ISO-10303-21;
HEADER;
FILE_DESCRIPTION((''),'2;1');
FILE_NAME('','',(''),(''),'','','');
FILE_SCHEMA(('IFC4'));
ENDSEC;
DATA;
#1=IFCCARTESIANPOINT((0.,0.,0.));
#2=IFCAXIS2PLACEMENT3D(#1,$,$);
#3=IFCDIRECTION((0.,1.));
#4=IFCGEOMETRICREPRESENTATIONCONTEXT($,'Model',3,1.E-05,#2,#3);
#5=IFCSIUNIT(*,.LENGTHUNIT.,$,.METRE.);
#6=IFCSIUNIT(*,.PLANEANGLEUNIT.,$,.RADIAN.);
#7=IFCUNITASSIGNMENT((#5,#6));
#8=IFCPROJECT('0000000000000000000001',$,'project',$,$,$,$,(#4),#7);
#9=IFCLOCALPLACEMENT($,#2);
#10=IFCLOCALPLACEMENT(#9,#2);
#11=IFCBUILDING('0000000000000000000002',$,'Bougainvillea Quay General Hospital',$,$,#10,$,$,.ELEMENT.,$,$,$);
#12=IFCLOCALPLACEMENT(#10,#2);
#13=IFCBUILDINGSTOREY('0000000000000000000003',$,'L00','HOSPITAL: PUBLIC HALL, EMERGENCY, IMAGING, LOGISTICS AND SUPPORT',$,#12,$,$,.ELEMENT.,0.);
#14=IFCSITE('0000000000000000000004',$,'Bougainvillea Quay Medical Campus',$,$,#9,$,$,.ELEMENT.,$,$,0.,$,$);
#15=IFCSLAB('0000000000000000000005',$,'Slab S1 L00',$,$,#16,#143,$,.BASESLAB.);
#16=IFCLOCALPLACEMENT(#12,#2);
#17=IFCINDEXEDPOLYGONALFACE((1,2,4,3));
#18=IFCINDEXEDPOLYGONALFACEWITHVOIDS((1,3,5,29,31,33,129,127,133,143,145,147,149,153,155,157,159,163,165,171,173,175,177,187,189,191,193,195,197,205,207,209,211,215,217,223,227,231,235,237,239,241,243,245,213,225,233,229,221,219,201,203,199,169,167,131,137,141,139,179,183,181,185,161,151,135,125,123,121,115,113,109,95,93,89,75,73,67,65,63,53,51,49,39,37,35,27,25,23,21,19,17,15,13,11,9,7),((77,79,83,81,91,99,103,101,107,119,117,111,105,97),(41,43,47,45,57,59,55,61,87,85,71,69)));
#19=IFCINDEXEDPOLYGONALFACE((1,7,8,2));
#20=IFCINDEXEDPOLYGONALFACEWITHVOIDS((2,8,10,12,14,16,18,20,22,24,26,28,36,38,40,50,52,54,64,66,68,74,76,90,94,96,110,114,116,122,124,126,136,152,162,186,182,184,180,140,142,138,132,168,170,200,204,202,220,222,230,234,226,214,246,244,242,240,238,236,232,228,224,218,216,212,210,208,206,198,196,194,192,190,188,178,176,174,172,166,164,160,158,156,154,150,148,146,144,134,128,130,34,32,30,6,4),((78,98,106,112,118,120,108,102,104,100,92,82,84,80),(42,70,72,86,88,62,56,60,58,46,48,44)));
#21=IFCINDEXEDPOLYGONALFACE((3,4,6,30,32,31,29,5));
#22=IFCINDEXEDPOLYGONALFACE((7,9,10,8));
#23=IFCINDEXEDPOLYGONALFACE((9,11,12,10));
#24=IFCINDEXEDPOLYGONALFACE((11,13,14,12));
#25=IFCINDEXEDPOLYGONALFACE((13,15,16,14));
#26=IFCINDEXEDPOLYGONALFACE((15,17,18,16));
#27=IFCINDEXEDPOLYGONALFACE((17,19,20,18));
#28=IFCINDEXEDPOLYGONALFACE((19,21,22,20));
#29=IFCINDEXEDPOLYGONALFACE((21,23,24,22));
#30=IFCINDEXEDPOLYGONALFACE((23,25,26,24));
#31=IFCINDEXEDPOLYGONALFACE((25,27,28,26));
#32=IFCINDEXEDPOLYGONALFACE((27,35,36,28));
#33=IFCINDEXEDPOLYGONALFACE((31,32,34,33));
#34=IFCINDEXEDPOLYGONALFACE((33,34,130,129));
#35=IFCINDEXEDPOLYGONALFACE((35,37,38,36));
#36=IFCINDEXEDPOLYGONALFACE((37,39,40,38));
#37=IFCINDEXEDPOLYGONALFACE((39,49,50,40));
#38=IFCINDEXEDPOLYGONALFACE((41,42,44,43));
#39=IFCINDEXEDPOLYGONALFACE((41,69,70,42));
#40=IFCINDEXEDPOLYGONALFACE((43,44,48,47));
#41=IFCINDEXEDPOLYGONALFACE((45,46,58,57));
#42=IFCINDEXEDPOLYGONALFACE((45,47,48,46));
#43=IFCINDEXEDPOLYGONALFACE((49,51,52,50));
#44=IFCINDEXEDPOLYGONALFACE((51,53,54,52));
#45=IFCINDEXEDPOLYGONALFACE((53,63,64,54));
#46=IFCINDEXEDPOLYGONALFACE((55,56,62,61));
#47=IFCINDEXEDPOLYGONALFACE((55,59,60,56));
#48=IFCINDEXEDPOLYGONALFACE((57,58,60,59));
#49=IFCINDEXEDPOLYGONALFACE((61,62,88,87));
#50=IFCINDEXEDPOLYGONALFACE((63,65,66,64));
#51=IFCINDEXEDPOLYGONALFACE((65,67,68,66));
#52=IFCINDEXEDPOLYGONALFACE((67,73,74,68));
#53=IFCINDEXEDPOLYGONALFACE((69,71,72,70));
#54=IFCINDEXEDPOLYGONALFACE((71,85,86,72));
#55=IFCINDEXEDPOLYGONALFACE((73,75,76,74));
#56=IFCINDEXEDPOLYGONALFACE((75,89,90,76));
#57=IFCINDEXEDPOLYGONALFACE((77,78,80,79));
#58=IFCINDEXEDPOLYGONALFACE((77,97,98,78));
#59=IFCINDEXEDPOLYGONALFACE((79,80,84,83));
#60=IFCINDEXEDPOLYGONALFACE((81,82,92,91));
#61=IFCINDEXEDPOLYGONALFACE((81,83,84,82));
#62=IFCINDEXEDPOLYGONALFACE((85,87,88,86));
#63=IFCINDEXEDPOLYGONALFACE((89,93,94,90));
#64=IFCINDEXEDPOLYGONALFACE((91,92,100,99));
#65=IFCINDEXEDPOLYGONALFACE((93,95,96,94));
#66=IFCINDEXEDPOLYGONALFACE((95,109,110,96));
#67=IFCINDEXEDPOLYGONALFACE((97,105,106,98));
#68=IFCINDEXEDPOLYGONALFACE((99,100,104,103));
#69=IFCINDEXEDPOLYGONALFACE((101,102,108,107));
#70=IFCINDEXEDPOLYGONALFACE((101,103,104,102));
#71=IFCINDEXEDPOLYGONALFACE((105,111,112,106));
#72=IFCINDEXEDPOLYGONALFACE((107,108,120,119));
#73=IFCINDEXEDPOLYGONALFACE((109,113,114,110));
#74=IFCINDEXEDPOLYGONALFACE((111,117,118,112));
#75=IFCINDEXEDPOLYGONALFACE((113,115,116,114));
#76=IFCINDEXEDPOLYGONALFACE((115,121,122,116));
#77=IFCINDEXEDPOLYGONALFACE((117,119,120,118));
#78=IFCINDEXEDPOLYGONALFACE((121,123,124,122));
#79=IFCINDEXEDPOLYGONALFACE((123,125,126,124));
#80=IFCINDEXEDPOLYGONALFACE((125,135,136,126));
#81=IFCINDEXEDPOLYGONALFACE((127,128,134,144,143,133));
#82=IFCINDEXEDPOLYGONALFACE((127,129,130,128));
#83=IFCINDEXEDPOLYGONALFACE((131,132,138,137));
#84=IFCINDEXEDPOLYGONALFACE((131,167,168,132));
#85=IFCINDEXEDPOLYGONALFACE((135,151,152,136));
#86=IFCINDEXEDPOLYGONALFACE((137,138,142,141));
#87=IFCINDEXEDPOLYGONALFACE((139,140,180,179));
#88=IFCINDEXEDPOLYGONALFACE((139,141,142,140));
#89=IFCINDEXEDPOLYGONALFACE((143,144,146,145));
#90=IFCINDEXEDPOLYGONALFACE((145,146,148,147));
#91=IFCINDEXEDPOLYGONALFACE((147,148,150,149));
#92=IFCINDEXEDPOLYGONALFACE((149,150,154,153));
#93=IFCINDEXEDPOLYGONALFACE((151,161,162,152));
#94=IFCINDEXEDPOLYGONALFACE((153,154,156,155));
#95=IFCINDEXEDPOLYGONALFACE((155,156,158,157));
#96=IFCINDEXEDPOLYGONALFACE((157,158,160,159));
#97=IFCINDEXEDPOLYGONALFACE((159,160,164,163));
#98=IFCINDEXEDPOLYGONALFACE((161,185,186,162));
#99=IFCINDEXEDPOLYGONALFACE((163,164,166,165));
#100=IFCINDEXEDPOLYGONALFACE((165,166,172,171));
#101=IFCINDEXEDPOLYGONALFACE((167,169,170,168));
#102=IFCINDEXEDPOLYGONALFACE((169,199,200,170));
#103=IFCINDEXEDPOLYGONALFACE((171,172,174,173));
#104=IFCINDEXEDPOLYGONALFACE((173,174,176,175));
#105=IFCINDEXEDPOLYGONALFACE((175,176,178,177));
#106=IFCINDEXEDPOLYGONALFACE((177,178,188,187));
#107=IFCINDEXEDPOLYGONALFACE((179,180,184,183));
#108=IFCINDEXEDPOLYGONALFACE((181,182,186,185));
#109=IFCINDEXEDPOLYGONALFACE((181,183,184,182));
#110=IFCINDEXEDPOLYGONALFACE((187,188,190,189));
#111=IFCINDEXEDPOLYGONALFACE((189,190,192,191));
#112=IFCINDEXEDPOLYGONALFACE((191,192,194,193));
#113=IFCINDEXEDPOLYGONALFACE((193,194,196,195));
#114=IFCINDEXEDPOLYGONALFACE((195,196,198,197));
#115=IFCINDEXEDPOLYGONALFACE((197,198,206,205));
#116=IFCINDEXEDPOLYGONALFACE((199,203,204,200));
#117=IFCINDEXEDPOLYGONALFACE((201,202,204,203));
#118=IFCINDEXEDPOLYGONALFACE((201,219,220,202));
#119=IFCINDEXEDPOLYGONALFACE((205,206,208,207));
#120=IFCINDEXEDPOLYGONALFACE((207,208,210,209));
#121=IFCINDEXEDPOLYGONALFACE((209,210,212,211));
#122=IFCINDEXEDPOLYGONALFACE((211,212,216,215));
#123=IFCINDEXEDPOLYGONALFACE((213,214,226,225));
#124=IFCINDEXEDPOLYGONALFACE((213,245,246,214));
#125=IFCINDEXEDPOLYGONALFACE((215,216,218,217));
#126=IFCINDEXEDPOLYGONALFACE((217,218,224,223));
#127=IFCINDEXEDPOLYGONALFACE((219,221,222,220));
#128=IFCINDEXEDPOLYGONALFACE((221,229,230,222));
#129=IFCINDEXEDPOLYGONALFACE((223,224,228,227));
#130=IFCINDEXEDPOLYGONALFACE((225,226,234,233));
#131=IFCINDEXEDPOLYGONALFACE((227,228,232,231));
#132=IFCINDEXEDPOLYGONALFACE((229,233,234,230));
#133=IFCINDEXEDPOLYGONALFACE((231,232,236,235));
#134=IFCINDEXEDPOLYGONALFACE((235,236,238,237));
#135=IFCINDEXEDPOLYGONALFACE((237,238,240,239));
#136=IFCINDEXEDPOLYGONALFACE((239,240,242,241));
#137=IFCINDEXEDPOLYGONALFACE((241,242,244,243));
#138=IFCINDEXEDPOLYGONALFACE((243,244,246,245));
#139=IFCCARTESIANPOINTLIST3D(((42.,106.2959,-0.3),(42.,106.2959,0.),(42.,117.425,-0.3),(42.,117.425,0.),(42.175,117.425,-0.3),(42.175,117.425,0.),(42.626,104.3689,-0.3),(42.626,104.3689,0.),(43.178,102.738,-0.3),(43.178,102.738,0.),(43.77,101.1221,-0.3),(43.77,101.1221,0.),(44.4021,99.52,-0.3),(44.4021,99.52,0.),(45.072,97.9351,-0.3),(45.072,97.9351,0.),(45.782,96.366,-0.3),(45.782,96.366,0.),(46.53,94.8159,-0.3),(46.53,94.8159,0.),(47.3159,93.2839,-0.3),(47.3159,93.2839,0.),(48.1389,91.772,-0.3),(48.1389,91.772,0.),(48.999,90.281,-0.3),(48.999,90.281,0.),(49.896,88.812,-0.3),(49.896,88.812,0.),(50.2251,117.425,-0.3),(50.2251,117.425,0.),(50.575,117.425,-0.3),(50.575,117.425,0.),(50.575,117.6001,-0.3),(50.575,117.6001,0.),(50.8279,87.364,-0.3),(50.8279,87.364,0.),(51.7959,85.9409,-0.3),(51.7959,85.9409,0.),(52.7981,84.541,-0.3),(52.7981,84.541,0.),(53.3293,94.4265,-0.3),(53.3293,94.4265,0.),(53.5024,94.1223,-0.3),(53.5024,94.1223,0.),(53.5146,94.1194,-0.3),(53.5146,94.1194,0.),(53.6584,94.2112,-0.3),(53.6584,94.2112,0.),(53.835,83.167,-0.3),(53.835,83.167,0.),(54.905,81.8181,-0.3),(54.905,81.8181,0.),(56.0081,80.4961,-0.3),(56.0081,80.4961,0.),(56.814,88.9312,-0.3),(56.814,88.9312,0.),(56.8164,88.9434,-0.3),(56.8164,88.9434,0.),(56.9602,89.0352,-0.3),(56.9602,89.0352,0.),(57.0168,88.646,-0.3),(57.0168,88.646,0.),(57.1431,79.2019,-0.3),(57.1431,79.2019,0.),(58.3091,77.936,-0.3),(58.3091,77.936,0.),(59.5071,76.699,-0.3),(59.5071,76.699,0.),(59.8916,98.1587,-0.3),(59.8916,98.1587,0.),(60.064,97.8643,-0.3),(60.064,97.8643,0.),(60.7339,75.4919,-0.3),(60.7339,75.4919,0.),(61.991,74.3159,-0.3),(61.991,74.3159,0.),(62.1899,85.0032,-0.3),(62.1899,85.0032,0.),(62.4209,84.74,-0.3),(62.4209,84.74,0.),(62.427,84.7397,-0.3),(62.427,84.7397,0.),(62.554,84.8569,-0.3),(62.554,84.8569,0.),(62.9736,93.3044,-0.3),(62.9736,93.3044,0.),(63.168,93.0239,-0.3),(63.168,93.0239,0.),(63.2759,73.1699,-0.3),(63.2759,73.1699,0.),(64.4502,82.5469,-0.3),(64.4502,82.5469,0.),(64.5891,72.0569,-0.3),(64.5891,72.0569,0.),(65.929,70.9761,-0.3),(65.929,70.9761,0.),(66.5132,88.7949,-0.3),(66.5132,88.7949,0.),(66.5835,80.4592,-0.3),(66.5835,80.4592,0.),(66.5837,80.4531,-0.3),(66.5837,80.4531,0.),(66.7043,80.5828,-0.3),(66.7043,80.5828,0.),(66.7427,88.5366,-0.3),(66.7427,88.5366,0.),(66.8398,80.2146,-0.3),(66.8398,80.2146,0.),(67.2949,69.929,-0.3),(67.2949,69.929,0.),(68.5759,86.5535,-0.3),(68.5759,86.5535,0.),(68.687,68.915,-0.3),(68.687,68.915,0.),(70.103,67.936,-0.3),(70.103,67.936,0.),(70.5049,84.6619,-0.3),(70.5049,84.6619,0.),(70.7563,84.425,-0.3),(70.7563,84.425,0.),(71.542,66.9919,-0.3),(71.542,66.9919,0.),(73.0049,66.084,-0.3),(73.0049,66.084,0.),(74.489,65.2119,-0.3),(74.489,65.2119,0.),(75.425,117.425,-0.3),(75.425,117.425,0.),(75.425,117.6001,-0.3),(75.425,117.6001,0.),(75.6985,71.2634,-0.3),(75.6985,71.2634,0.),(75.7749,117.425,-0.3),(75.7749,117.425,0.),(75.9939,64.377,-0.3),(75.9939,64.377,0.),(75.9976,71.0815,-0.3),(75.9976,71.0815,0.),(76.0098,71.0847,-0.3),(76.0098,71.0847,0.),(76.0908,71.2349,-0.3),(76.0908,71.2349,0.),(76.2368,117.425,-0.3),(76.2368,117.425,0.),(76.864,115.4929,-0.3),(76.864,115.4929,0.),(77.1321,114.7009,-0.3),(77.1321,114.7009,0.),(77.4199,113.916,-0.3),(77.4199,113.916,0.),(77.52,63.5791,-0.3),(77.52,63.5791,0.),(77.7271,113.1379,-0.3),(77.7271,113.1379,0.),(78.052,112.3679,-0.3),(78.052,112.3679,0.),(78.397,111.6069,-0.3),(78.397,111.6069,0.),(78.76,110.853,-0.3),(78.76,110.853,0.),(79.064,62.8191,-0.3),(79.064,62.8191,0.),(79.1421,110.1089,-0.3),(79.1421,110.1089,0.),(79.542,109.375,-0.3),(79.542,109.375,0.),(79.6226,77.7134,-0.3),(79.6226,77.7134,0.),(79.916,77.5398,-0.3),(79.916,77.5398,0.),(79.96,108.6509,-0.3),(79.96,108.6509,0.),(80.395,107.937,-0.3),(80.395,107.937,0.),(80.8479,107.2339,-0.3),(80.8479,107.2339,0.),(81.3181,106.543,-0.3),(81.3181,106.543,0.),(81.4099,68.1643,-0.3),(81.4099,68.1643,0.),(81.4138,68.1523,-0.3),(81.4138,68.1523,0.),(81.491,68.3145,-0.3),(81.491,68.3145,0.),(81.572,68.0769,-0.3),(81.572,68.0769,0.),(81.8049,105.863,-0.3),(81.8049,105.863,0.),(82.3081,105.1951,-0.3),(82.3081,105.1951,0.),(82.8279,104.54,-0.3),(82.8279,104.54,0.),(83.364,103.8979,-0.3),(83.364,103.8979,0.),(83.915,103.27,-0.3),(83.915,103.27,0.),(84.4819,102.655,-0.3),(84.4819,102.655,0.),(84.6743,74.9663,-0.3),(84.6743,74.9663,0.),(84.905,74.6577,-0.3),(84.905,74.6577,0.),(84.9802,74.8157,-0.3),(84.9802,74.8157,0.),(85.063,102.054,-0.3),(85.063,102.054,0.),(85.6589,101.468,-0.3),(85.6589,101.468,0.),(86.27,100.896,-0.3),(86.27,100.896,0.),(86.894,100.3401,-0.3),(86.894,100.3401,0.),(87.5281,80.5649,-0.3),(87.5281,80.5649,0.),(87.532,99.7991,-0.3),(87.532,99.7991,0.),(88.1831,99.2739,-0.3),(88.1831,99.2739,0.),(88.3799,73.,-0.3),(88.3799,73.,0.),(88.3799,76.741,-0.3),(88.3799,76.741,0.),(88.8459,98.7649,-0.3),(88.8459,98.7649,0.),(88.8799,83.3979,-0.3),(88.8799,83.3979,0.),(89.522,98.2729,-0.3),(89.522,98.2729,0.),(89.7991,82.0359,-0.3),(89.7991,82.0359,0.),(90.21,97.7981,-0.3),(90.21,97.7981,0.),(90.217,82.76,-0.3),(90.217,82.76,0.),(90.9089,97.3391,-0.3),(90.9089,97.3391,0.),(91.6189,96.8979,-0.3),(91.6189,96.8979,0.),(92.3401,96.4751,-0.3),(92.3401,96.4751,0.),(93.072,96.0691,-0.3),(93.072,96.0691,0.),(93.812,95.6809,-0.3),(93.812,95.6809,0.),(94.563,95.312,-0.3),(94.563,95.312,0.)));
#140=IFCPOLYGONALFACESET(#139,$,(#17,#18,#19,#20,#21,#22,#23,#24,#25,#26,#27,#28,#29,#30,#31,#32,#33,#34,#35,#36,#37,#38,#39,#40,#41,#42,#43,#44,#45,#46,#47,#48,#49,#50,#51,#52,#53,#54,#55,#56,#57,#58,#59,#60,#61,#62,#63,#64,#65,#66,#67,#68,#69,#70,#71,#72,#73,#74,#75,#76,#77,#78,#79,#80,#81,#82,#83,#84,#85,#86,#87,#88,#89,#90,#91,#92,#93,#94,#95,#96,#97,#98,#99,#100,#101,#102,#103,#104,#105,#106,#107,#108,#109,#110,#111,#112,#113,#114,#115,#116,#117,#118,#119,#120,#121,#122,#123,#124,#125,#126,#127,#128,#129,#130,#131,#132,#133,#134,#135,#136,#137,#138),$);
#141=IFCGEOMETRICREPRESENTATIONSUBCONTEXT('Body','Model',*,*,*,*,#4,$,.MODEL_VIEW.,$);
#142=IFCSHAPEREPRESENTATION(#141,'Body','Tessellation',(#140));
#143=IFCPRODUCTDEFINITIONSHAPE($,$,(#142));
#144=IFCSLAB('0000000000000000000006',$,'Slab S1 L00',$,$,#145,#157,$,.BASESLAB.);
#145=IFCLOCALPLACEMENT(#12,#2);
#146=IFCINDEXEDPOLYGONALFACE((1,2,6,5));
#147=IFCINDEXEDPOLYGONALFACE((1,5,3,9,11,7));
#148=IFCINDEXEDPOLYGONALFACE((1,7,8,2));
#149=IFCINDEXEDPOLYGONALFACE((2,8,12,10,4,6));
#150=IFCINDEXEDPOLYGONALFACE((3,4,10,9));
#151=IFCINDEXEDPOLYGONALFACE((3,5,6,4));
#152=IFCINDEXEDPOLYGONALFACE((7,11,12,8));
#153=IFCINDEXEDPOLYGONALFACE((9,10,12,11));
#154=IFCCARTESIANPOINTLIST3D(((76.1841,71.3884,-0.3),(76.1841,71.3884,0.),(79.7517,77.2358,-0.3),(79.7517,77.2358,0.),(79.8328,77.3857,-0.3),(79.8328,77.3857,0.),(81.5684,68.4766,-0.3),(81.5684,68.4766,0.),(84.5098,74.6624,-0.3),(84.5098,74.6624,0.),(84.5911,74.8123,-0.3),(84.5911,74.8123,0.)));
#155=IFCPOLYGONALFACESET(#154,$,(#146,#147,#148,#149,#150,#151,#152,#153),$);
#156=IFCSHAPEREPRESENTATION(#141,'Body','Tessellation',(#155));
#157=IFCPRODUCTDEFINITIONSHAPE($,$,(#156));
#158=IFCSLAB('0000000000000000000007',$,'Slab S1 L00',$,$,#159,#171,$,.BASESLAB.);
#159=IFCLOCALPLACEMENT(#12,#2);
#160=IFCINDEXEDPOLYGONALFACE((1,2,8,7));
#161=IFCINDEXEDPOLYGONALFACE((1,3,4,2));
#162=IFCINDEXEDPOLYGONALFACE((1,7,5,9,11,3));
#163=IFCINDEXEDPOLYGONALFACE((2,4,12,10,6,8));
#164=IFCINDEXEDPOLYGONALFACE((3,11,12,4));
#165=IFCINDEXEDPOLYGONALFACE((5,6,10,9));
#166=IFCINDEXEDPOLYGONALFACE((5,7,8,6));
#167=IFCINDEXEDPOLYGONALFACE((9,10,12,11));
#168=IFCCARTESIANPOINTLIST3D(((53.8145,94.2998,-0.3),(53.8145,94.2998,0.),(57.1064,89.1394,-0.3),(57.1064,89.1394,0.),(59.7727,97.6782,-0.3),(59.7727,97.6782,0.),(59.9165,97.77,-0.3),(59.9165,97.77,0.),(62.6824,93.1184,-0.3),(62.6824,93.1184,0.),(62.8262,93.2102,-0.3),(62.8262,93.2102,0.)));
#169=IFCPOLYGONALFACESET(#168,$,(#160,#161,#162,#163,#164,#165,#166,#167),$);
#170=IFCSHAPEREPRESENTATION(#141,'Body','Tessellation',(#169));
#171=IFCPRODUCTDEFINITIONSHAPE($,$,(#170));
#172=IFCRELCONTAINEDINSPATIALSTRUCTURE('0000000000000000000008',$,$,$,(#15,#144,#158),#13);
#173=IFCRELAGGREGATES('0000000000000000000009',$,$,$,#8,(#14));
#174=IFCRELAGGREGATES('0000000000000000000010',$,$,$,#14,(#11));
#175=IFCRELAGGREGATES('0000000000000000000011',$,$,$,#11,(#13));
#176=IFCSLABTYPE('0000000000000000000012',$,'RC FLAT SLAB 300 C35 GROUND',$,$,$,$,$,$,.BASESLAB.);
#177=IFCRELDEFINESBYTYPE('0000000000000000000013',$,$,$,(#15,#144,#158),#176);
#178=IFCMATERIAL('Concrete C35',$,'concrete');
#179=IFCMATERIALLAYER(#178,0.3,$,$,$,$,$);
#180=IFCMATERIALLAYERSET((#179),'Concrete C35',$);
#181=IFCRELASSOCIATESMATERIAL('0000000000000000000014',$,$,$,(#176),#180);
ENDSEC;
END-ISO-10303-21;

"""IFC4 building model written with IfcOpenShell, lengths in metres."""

from ifc_helpers import new_model, si_unit, direction, frame, origin, place, context, subcontext, project, spatial, polyline, outline, extrude, material, layer, layer_set, type_object, element, save


model = new_model("IFC4")

# Units and contexts
model_context = context("Model", 3, precision=1e-05, world=origin(), true_north=direction((0.0, 1.0)))
body_context = subcontext(model_context, "Body", "Model", "MODEL_VIEW")
ifc_project = project(units=[si_unit("LENGTHUNIT", "METRE"), si_unit("PLANEANGLEUNIT", "RADIAN")], contexts=[model_context])

# Site, building, storey
site_placement = place(None, origin())
site = spatial("IfcSite", under=ifc_project, at=site_placement, Name="Bougainvillea Quay Medical Campus", CompositionType="ELEMENT", RefElevation=0.0)
building_placement = place(site_placement, origin())
building = spatial("IfcBuilding", under=site, at=building_placement, Name="Bougainvillea Quay General Hospital", CompositionType="ELEMENT")
storey_placement = place(building_placement, origin())
storey = spatial("IfcBuildingStorey", under=building, at=storey_placement, Name="L00", Description="HOSPITAL: PUBLIC HALL, EMERGENCY, IMAGING, LOGISTICS AND SUPPORT", CompositionType="ELEMENT", Elevation=0.0)

# Slabs
ifc_material_1 = material(Name="Concrete C35", Category="concrete")
ifc_layer_1 = layer(ifc_material_1, 0.3)
ifc_layer_set_1 = layer_set([ifc_layer_1], Name="Concrete C35")
slab_type_1 = type_object("IfcSlabType", Name="RC FLAT SLAB 300 C35 GROUND", PredefinedType="BASESLAB", material=ifc_layer_set_1)
slab_1_placement = place(storey_placement, frame((0.0, 0.0, -0.3)))
element("IfcSlab", 1, at=slab_1_placement, inside=storey, type_object=slab_type_1, Name="Slab S1 L00", PredefinedType="BASESLAB", context=body_context, shape_type="SweptSolid", body=[
    extrude(outline(polyline([(75.9939, 64.377), (77.52, 63.5791), (79.064, 62.8191), (81.572, 68.0769), (81.4138, 68.1523), (81.491, 68.3145), (81.4099, 68.1643), (76.0098, 71.0847), (76.0908, 71.2349), (75.9976, 71.0815), (75.6985, 71.2634), (79.6226, 77.7134), (79.916, 77.5398), (84.6743, 74.9663), (84.9802, 74.8157), (84.905, 74.6577), (88.3799, 73.0), (88.3799, 76.741), (89.7991, 82.0359), (90.217, 82.76), (88.8799, 83.3979), (87.5281, 80.5649), (94.563, 95.312), (93.812, 95.6809), (93.072, 96.0691), (92.3401, 96.4751), (91.6189, 96.8979), (90.9089, 97.3391), (90.21, 97.7981), (89.522, 98.2729), (88.8459, 98.7649), (88.1831, 99.2739), (87.532, 99.7991), (86.894, 100.3401), (86.27, 100.896), (85.6589, 101.468), (85.063, 102.054), (84.4819, 102.655), (83.915, 103.27), (83.364, 103.8979), (82.8279, 104.54), (82.3081, 105.1951), (81.8049, 105.863), (81.3181, 106.543), (80.8479, 107.2339), (80.395, 107.937), (79.96, 108.6509), (79.542, 109.375), (79.1421, 110.1089), (78.76, 110.853), (78.397, 111.6069), (78.052, 112.3679), (77.7271, 113.1379), (77.4199, 113.916), (77.1321, 114.7009), (76.864, 115.4929), (76.2368, 117.425), (75.7749, 117.425), (75.425, 117.425), (75.425, 117.6001), (50.575, 117.6001), (50.575, 117.425), (50.2251, 117.425), (42.175, 117.425), (42.0, 117.425), (42.0, 106.2959), (42.626, 104.3689), (43.178, 102.738), (43.77, 101.1221), (44.4021, 99.52), (45.072, 97.9351), (45.782, 96.366), (46.53, 94.8159), (47.3159, 93.2839), (48.1389, 91.772), (48.999, 90.281), (49.896, 88.812), (50.8279, 87.364), (51.7959, 85.9409), (52.7981, 84.541), (53.835, 83.167), (54.905, 81.8181), (56.0081, 80.4961), (57.1431, 79.2019), (58.3091, 77.936), (59.5071, 76.699), (60.7339, 75.4919), (61.991, 74.3159), (63.2759, 73.1699), (64.5891, 72.0569), (65.929, 70.9761), (67.2949, 69.929), (68.687, 68.915), (70.103, 67.936), (71.542, 66.9919), (73.0049, 66.084), (74.489, 65.2119), (75.9939, 64.377)]), holes=[polyline([(66.7427, 88.5366), (68.5759, 86.5535), (70.5049, 84.6619), (70.7563, 84.425), (66.8398, 80.2146), (66.5837, 80.4531), (66.7043, 80.5828), (66.5835, 80.4592), (64.4502, 82.5469), (62.427, 84.7397), (62.554, 84.8569), (62.4209, 84.74), (62.1899, 85.0032), (66.5132, 88.7949), (66.7427, 88.5366)]), polyline([(62.9736, 93.3044), (63.168, 93.0239), (57.0168, 88.646), (56.814, 88.9312), (56.9602, 89.0352), (56.8164, 88.9434), (53.5146, 94.1194), (53.6584, 94.2112), (53.5024, 94.1223), (53.3293, 94.4265), (59.8916, 98.1587), (60.064, 97.8643), (62.9736, 93.3044)])]), origin(), (0.0, 0.0, 1.0), 0.3),
])
slab_2_placement = place(storey_placement, frame((0.0, 0.0, -0.3)))
element("IfcSlab", 2, at=slab_2_placement, inside=storey, type_object=slab_type_1, Name="Slab S1 L00", PredefinedType="BASESLAB", context=body_context, shape_type="SweptSolid", body=[
    extrude(outline(polyline([(76.1841, 71.3884), (81.5684, 68.4766), (84.5911, 74.8123), (84.5098, 74.6624), (79.7517, 77.2358), (79.8328, 77.3857), (76.1841, 71.3884)])), origin(), (0.0, 0.0, 1.0), 0.3),
])
slab_3_placement = place(storey_placement, frame((0.0, 0.0, -0.3)))
element("IfcSlab", 3, at=slab_3_placement, inside=storey, type_object=slab_type_1, Name="Slab S1 L00", PredefinedType="BASESLAB", context=body_context, shape_type="SweptSolid", body=[
    extrude(outline(polyline([(59.9165, 97.77), (53.8145, 94.2998), (57.1064, 89.1394), (62.8262, 93.2102), (62.6824, 93.1184), (59.7727, 97.6782), (59.9165, 97.77)])), origin(), (0.0, 0.0, 1.0), 0.3),
])

save(model, "model.ifc")
